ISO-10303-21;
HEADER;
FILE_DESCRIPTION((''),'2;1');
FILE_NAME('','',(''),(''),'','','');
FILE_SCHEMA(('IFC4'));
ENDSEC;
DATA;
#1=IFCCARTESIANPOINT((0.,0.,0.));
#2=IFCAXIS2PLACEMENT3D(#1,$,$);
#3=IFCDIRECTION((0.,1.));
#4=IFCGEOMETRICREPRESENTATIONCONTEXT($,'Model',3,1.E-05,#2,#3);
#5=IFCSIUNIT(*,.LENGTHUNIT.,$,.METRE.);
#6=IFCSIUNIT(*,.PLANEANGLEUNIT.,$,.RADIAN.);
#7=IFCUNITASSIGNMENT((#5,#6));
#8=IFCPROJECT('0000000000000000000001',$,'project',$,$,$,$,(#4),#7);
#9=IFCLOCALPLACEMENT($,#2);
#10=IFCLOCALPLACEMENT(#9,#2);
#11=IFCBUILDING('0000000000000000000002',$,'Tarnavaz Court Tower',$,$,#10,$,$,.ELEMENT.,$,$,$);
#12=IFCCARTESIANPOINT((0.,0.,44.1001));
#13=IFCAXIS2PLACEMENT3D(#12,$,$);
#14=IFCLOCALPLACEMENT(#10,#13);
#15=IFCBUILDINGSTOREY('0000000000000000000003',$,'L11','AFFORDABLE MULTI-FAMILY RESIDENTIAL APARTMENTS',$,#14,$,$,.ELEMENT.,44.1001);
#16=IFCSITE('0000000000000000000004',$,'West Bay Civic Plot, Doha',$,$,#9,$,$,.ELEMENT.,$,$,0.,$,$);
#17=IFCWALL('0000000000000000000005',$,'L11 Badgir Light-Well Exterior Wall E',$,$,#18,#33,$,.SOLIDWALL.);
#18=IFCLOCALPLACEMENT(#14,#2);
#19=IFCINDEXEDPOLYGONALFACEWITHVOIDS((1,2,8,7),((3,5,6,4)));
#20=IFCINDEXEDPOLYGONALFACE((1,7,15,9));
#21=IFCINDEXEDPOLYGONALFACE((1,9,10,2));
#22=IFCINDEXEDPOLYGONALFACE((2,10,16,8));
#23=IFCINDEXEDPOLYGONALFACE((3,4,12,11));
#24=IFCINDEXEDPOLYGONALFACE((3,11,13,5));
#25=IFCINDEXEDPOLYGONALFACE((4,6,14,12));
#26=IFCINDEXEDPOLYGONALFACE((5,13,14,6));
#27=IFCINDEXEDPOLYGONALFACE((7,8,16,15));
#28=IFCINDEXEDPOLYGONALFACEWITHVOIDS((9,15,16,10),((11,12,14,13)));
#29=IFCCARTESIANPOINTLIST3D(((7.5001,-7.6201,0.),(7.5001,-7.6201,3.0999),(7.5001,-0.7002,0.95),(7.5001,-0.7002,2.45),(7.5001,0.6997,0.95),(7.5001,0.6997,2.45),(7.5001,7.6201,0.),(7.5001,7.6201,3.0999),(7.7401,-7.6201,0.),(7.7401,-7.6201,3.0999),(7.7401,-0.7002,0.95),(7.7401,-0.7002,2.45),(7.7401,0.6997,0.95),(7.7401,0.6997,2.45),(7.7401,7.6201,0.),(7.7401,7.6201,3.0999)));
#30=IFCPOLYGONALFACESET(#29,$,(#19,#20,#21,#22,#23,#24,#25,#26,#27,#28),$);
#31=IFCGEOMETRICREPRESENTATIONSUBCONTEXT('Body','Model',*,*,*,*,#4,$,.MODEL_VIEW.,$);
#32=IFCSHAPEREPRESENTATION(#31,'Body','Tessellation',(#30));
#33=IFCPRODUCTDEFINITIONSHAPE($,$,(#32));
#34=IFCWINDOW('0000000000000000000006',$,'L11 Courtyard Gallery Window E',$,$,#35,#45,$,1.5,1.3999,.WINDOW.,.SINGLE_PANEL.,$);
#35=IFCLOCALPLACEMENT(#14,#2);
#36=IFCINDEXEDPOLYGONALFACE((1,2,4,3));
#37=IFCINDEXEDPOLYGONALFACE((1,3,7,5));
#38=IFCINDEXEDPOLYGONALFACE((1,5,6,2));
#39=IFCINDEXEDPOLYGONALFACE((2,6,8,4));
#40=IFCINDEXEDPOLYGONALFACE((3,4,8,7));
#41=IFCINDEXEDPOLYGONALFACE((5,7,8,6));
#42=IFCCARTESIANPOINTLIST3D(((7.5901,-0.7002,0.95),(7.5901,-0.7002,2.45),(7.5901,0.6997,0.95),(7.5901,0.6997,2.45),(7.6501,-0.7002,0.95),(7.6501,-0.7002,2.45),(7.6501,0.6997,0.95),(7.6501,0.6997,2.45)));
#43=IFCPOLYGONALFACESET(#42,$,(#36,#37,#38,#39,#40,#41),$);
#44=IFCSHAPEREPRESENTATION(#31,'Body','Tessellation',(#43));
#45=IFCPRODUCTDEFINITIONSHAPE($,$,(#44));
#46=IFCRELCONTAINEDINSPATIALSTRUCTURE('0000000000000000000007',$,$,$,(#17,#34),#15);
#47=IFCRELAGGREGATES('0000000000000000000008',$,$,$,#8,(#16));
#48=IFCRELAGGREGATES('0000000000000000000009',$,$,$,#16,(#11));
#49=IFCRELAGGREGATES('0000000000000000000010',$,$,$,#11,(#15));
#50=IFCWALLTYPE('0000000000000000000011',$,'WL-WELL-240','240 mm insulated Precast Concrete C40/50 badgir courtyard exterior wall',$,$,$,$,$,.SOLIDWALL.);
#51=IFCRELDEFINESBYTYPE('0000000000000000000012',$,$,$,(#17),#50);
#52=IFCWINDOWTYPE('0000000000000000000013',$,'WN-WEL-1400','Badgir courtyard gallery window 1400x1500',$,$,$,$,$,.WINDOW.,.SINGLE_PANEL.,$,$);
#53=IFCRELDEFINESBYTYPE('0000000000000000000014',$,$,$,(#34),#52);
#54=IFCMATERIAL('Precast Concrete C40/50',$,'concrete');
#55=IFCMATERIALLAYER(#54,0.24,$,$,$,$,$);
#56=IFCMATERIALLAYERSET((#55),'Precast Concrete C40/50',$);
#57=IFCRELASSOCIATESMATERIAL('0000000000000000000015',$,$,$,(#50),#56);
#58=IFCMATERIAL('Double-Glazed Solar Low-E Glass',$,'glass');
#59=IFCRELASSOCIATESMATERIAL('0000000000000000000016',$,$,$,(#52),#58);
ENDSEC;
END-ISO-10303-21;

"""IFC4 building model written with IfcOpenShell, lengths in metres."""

from ifc_helpers import new_model, si_unit, direction, frame, frame_2d, origin, place, context, subcontext, project, spatial, rectangle, extrude, material, layer, layer_set, type_object, element, fill, save


model = new_model("IFC4")

# Units and contexts
model_context = context("Model", 3, precision=1e-05, world=origin(), true_north=direction((0.0, 1.0)))
body_context = subcontext(model_context, "Body", "Model", "MODEL_VIEW")
ifc_project = project(units=[si_unit("LENGTHUNIT", "METRE"), si_unit("PLANEANGLEUNIT", "RADIAN")], contexts=[model_context])

# Site, building, storey
site_placement = place(None, origin())
site = spatial("IfcSite", under=ifc_project, at=site_placement, Name="West Bay Civic Plot, Doha", CompositionType="ELEMENT", RefElevation=0.0)
building_placement = place(site_placement, origin())
building = spatial("IfcBuilding", under=site, at=building_placement, Name="Tarnavaz Court Tower", CompositionType="ELEMENT")
storey_placement = place(building_placement, frame((0.0, 0.0, 44.1001)))
storey = spatial("IfcBuildingStorey", under=building, at=storey_placement, Name="L11", Description="AFFORDABLE MULTI-FAMILY RESIDENTIAL APARTMENTS", CompositionType="ELEMENT", Elevation=44.1001)

# Wall, opening, window
ifc_material_1 = material(Name="Precast Concrete C40/50", Category="concrete")
ifc_layer_1 = layer(ifc_material_1, 0.24)
ifc_layer_set_1 = layer_set([ifc_layer_1], Name="Precast Concrete C40/50")
wall_type_1 = type_object("IfcWallType", Name="WL-WELL-240", Description="240 mm insulated Precast Concrete C40/50 badgir courtyard exterior wall", PredefinedType="SOLIDWALL", material=ifc_layer_set_1)
wall_1_placement = place(storey_placement, frame((7.6201, -7.6201, 0.0), z_axis=(0.0, 0.0, 1.0), x_axis=(0.0, 1.0, 0.0)))
wall_1 = element("IfcWall", 1, at=wall_1_placement, inside=storey, type_object=wall_type_1, Name="L11 Badgir Light-Well Exterior Wall E", PredefinedType="SOLIDWALL", context=body_context, shape_type="SweptSolid", body=[
    extrude(rectangle(XDim=15.2402, YDim=0.24, at=frame_2d((7.6201, 0.0))), origin(), (0.0, 0.0, 1.0), 3.0999),
])
opening_1_placement = place(wall_1_placement, frame((6.9199, 0.0, 0.95)))
opening_1 = element("IfcOpeningElement", 2, at=opening_1_placement, cuts=wall_1, PredefinedType="OPENING", context=body_context, shape_type="SweptSolid", body=[
    extrude(rectangle(XDim=1.3999, YDim=1.5, at=frame_2d((0.7, 0.75))), frame((0.0, 0.1299, 0.0), z_axis=(0.0, -1.0, 0.0), x_axis=(1.0, 0.0, 0.0)), (0.0, 0.0, 1.0), 0.26),
])
ifc_material_2 = material(Name="Double-Glazed Solar Low-E Glass", Category="glass")
window_type = type_object("IfcWindowType", Name="WN-WEL-1400", Description="Badgir courtyard gallery window 1400x1500", PartitioningType="SINGLE_PANEL", PredefinedType="WINDOW", material=ifc_material_2)
window_placement = place(opening_1_placement, origin())
window = element("IfcWindow", 3, at=window_placement, inside=storey, type_object=window_type, Name="L11 Courtyard Gallery Window E", OverallHeight=1.5, OverallWidth=1.3999, PartitioningType="SINGLE_PANEL", PredefinedType="WINDOW", context=body_context, shape_type="SweptSolid", body=[
    extrude(rectangle(XDim=1.3999, YDim=1.5, at=frame_2d((0.7, 0.75))), frame((0.0, 0.03, 0.0), z_axis=(0.0, -1.0, 0.0), x_axis=(1.0, 0.0, 0.0)), (0.0, 0.0, 1.0), 0.0601),
])
fill(opening_1, window)

save(model, "model.ifc")
